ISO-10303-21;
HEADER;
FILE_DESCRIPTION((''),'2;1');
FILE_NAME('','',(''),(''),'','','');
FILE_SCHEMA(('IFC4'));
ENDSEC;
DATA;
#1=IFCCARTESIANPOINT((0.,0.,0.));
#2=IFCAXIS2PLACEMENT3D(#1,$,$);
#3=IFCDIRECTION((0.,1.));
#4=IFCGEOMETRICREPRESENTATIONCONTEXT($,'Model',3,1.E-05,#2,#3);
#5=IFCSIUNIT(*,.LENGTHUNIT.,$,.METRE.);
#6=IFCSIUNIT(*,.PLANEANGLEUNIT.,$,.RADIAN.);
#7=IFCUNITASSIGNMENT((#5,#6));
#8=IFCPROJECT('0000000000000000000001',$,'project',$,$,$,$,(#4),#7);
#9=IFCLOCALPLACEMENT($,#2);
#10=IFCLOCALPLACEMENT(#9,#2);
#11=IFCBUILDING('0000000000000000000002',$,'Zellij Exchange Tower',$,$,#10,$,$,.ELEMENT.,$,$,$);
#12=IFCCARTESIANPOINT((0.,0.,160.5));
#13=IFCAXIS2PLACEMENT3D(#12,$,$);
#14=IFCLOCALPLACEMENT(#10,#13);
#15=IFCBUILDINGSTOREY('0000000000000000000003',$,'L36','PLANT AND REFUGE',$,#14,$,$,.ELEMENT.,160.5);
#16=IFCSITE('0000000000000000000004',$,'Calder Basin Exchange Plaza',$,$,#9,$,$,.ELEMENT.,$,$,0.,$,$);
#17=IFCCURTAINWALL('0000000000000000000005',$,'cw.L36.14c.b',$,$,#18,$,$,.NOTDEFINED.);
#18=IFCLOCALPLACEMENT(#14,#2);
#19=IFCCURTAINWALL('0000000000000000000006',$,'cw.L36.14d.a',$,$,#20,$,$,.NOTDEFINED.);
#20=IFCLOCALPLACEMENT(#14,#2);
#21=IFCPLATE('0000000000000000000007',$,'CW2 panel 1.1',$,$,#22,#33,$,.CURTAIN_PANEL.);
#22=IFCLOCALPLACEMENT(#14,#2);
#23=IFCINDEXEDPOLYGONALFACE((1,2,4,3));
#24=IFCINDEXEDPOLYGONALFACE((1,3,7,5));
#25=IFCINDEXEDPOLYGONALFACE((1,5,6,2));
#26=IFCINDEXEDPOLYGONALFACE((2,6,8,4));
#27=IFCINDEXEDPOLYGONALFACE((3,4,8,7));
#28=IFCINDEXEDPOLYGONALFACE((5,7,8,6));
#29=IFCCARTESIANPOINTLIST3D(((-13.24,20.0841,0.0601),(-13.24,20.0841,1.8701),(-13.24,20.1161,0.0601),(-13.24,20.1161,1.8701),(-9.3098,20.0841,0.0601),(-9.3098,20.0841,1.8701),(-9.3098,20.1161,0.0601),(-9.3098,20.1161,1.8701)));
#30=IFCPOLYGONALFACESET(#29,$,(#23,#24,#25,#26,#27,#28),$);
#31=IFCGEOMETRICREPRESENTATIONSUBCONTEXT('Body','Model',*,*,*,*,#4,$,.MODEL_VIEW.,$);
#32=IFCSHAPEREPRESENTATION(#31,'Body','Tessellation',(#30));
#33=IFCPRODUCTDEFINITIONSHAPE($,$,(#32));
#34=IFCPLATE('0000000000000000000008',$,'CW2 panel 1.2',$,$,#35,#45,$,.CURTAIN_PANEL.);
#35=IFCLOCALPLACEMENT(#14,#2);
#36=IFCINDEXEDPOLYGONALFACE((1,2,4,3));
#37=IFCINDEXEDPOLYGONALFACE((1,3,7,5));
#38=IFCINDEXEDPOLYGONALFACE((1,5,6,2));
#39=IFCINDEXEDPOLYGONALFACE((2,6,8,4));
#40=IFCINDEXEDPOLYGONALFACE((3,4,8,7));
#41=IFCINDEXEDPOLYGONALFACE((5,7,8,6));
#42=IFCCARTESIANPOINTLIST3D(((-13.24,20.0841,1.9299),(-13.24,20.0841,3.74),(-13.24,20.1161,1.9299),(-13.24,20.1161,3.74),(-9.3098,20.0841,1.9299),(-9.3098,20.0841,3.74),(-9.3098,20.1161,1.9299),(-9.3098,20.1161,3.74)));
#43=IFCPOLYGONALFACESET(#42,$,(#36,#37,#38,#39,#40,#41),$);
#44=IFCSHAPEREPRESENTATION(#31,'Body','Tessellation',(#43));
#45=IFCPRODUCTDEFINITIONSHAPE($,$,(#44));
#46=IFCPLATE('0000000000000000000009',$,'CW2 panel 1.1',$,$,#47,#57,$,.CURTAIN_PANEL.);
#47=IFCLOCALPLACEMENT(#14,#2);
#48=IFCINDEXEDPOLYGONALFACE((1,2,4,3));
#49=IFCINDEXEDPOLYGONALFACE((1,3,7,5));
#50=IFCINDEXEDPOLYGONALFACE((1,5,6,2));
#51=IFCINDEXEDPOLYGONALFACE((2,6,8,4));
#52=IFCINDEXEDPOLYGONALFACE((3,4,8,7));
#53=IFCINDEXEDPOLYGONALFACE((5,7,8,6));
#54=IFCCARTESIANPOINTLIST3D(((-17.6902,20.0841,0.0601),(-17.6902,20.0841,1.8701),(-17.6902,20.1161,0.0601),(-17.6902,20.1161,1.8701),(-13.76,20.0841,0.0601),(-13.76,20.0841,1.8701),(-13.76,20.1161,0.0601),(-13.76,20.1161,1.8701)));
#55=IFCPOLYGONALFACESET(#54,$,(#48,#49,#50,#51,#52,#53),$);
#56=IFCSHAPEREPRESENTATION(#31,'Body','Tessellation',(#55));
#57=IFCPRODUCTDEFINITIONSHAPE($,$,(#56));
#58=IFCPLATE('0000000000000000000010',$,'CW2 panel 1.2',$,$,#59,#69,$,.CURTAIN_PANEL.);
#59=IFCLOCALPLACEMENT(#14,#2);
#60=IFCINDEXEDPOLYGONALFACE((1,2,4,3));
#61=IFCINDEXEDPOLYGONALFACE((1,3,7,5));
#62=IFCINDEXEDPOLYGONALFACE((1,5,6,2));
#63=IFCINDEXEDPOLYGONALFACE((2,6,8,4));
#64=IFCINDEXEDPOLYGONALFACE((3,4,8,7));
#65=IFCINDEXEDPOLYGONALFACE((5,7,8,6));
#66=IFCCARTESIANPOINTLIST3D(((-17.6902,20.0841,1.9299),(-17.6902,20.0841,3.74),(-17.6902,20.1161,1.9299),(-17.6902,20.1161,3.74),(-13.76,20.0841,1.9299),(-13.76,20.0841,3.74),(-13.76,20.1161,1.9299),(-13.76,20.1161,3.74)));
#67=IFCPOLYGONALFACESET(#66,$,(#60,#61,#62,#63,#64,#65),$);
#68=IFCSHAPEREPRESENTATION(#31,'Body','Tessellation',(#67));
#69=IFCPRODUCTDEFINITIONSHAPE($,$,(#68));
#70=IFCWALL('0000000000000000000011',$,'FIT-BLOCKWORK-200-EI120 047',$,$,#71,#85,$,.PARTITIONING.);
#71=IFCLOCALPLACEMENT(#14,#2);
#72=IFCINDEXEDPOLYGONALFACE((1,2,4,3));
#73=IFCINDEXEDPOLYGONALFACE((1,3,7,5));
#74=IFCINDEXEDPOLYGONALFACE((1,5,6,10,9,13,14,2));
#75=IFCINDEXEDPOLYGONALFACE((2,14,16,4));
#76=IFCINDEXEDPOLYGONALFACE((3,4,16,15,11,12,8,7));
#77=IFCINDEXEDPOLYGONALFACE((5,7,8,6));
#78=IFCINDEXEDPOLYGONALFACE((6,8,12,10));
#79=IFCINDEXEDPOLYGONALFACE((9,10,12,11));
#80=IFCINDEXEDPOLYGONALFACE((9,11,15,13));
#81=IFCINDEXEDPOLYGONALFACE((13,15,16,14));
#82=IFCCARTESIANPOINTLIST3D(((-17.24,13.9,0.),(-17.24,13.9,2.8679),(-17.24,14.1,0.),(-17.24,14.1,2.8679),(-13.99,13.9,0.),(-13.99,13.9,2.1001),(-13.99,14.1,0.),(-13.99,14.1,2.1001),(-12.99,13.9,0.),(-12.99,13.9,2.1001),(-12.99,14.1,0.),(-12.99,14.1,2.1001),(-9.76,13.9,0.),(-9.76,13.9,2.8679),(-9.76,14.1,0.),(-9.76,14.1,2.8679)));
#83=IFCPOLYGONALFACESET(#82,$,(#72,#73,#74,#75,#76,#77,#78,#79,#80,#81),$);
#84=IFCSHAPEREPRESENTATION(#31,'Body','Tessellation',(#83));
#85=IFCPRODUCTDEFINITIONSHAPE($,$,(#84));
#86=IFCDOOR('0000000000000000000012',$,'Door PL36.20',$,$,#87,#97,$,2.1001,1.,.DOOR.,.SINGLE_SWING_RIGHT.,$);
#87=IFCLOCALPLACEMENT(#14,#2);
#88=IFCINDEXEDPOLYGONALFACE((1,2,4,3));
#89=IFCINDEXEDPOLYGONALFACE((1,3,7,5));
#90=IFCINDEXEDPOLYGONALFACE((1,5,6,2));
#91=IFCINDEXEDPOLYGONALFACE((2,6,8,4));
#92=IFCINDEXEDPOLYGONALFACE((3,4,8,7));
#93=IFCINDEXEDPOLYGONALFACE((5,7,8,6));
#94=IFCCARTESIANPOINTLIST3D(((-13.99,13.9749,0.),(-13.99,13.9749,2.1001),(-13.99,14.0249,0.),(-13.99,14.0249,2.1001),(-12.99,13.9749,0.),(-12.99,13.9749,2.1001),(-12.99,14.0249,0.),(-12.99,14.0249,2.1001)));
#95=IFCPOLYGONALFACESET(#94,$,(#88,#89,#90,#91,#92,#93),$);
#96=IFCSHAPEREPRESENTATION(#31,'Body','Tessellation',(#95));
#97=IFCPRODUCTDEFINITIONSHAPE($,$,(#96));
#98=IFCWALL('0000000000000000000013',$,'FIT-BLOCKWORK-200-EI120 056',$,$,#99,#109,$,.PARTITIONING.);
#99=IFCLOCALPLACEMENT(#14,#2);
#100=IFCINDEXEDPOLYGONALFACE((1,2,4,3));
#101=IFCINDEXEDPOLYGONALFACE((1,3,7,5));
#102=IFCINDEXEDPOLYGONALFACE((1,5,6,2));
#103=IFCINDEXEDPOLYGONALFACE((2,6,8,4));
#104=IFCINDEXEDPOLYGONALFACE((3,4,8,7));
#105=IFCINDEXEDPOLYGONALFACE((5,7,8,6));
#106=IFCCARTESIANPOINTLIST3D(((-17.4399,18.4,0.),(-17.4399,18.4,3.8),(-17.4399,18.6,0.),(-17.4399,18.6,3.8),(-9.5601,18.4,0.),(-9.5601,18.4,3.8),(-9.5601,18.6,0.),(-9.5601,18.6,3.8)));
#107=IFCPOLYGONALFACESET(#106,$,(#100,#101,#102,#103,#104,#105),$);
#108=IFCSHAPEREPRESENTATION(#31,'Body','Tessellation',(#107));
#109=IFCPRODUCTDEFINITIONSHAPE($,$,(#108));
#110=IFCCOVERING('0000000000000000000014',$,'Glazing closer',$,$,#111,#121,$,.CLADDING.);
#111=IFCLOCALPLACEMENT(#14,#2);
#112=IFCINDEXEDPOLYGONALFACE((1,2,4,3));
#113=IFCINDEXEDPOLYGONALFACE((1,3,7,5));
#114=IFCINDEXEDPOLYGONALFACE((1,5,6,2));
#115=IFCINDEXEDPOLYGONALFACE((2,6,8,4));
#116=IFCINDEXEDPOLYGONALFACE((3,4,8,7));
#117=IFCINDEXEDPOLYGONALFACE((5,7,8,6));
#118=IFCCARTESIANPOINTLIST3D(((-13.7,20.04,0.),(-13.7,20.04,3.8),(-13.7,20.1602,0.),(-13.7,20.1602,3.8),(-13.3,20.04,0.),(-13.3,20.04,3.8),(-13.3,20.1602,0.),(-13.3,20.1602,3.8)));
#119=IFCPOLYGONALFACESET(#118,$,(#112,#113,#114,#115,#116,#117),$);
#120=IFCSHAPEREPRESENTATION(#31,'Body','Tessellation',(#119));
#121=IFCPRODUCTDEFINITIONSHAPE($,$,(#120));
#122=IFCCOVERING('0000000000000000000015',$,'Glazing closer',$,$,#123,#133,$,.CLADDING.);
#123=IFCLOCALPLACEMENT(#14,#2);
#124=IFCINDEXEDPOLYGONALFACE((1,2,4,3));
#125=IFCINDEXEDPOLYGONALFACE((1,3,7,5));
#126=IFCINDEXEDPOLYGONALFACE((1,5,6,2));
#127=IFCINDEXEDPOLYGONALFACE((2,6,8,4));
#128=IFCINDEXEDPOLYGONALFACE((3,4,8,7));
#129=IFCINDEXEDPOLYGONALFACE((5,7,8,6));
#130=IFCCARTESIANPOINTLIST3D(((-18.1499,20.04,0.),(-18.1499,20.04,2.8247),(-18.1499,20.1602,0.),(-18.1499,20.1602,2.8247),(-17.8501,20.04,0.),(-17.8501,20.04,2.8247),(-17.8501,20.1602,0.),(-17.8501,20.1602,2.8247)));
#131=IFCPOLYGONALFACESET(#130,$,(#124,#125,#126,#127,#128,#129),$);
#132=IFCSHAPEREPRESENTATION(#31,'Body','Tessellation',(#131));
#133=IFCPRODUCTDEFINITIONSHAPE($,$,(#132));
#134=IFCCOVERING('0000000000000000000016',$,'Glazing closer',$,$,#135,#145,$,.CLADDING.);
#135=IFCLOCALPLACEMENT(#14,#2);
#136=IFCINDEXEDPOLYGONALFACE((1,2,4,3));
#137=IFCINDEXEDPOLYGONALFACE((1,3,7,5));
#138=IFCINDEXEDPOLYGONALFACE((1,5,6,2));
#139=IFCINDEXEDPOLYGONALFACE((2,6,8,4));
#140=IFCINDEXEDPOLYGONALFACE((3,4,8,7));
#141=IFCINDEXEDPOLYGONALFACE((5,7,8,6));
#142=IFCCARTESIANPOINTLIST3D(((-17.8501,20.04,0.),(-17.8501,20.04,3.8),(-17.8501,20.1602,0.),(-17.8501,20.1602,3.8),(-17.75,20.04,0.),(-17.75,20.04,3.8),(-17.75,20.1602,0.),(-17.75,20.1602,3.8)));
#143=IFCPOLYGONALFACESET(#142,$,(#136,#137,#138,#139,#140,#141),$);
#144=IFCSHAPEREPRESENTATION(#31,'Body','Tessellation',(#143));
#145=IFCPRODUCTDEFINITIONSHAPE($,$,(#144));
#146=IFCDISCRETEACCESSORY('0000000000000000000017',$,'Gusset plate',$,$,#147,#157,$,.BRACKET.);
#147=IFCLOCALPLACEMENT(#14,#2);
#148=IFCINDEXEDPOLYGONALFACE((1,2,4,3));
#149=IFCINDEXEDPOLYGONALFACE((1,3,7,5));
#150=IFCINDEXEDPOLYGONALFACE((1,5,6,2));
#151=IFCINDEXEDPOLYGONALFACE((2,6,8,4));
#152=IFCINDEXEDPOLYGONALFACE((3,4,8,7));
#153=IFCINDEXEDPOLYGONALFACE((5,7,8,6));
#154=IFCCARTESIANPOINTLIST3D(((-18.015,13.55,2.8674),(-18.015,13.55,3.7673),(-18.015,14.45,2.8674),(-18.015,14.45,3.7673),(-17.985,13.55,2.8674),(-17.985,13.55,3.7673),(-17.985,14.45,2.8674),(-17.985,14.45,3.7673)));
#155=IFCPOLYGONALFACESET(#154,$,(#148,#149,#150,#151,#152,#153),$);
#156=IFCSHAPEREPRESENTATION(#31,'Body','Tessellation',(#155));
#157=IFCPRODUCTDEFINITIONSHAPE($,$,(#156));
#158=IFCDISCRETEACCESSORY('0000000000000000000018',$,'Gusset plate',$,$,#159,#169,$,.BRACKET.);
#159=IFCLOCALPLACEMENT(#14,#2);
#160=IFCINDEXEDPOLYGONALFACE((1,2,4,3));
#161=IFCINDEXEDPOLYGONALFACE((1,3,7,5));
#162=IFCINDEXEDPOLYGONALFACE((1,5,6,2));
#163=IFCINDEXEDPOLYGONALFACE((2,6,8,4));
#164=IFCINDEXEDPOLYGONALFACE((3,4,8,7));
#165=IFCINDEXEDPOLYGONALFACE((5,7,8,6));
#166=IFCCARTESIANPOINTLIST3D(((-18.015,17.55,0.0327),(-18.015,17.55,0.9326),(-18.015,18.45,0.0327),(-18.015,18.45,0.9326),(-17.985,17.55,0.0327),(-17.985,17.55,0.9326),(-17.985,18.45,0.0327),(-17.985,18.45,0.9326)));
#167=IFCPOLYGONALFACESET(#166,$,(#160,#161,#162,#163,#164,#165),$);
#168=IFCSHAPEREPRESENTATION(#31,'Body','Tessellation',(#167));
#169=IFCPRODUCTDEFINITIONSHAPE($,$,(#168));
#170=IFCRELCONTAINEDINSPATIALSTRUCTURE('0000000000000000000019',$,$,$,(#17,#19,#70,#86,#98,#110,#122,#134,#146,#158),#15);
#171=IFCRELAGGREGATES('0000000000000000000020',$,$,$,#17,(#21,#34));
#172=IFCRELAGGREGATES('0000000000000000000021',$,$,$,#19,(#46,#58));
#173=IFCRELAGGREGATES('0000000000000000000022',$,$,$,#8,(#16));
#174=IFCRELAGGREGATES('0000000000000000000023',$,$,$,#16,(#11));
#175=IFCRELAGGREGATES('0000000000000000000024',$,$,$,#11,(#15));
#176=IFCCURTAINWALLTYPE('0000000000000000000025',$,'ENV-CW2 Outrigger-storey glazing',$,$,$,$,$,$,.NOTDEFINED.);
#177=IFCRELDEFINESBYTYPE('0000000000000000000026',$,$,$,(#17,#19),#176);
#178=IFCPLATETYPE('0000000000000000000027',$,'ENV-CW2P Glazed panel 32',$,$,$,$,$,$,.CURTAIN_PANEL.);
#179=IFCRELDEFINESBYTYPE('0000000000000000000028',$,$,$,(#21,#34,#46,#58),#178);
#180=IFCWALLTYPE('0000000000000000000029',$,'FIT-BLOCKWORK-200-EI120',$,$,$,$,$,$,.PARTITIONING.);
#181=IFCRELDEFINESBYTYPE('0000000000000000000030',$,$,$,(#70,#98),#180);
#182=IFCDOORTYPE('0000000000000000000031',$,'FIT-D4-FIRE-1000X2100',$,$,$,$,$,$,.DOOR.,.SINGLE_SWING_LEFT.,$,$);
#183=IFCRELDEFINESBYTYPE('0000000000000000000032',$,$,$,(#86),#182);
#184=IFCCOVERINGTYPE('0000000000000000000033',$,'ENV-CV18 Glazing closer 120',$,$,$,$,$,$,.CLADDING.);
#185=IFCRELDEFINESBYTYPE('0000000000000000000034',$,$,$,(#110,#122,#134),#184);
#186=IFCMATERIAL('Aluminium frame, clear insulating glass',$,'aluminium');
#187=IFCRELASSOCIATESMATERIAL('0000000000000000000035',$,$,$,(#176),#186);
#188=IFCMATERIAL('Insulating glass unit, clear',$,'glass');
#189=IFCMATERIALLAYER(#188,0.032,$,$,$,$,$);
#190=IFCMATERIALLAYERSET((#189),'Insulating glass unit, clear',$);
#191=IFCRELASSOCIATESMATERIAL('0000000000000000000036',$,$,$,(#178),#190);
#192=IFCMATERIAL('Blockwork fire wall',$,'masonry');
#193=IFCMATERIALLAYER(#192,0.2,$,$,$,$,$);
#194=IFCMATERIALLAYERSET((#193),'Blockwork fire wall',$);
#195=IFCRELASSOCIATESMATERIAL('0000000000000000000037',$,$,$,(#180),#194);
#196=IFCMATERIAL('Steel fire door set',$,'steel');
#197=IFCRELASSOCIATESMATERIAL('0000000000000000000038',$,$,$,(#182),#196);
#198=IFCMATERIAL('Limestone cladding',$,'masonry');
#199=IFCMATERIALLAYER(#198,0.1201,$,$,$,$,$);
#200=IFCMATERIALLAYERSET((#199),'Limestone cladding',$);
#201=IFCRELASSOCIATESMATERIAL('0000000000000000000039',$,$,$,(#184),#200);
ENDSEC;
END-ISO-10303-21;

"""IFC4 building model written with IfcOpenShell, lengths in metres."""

from ifc_helpers import new_model, si_unit, direction, frame, frame_2d, origin, origin_2d, place, context, subcontext, project, spatial, rectangle, extrude, material, layer, layer_set, type_object, element, fill, aggregate, save


model = new_model("IFC4")

# Units and contexts
model_context = context("Model", 3, precision=1e-05, world=origin(), true_north=direction((0.0, 1.0)))
body_context = subcontext(model_context, "Body", "Model", "MODEL_VIEW")
ifc_project = project(units=[si_unit("LENGTHUNIT", "METRE"), si_unit("PLANEANGLEUNIT", "RADIAN")], contexts=[model_context])

# Site, building, storey
site_placement = place(None, origin())
site = spatial("IfcSite", under=ifc_project, at=site_placement, Name="Calder Basin Exchange Plaza", CompositionType="ELEMENT", RefElevation=0.0)
building_placement = place(site_placement, origin())
building = spatial("IfcBuilding", under=site, at=building_placement, Name="Zellij Exchange Tower", CompositionType="ELEMENT")
storey_placement = place(building_placement, frame((0.0, 0.0, 160.5)))
storey = spatial("IfcBuildingStorey", under=building, at=storey_placement, Name="L36", Description="PLANT AND REFUGE", CompositionType="ELEMENT", Elevation=160.5)

# Curtain wall
ifc_material_1 = material(Name="Aluminium frame, clear insulating glass", Category="aluminium")
curtain_wall_type = type_object("IfcCurtainWallType", Name="ENV-CW2 Outrigger-storey glazing", PredefinedType="NOTDEFINED", material=ifc_material_1)
curtain_wall_1_placement = place(storey_placement, origin())
curtain_wall_1 = element("IfcCurtainWall", 1, at=curtain_wall_1_placement, inside=storey, type_object=curtain_wall_type, Name="cw.L36.14c.b", PredefinedType="NOTDEFINED")

# Curtain wall
curtain_wall_2_placement = place(storey_placement, origin())
curtain_wall_2 = element("IfcCurtainWall", 2, at=curtain_wall_2_placement, inside=storey, type_object=curtain_wall_type, Name="cw.L36.14d.a", PredefinedType="NOTDEFINED")

# Plates
ifc_material_2 = material(Name="Insulating glass unit, clear", Category="glass")
ifc_layer_1 = layer(ifc_material_2, 0.032)
ifc_layer_set_1 = layer_set([ifc_layer_1], Name="Insulating glass unit, clear")
plate_type = type_object("IfcPlateType", Name="ENV-CW2P Glazed panel 32", PredefinedType="CURTAIN_PANEL", material=ifc_layer_set_1)
plate_1_placement = place(storey_placement, frame((-11.2749, 20.1001, 0.0601), z_axis=(0.0, 0.0, 1.0), x_axis=(-1.0, 0.0, 0.0)))
plate_1 = element("IfcPlate", 3, at=plate_1_placement, type_object=plate_type, Name="CW2 panel 1.1", PredefinedType="CURTAIN_PANEL", context=body_context, shape_type="SweptSolid", body=[
    extrude(rectangle(XDim=3.9302, YDim=0.032, at=origin_2d()), origin(), (0.0, 0.0, 1.0), 1.8101),
])
plate_2_placement = place(storey_placement, frame((-11.2749, 20.1001, 1.9299), z_axis=(0.0, 0.0, 1.0), x_axis=(-1.0, 0.0, 0.0)))
plate_2 = element("IfcPlate", 4, at=plate_2_placement, type_object=plate_type, Name="CW2 panel 1.2", PredefinedType="CURTAIN_PANEL", context=body_context, shape_type="SweptSolid", body=[
    extrude(rectangle(XDim=3.9302, YDim=0.032, at=origin_2d()), origin(), (0.0, 0.0, 1.0), 1.8101),
])
aggregate(curtain_wall_1, [plate_1, plate_2])
plate_3_placement = place(storey_placement, frame((-15.7251, 20.1001, 0.0601), z_axis=(0.0, 0.0, 1.0), x_axis=(-1.0, 0.0, 0.0)))
plate_3 = element("IfcPlate", 5, at=plate_3_placement, type_object=plate_type, Name="CW2 panel 1.1", PredefinedType="CURTAIN_PANEL", context=body_context, shape_type="SweptSolid", body=[
    extrude(rectangle(XDim=3.9302, YDim=0.032, at=origin_2d()), origin(), (0.0, 0.0, 1.0), 1.8101),
])
plate_4_placement = place(storey_placement, frame((-15.7251, 20.1001, 1.9299), z_axis=(0.0, 0.0, 1.0), x_axis=(-1.0, 0.0, 0.0)))
plate_4 = element("IfcPlate", 6, at=plate_4_placement, type_object=plate_type, Name="CW2 panel 1.2", PredefinedType="CURTAIN_PANEL", context=body_context, shape_type="SweptSolid", body=[
    extrude(rectangle(XDim=3.9302, YDim=0.032, at=origin_2d()), origin(), (0.0, 0.0, 1.0), 1.8101),
])
aggregate(curtain_wall_2, [plate_3, plate_4])

# Wall, opening, door
ifc_material_3 = material(Name="Blockwork fire wall", Category="masonry")
ifc_layer_2 = layer(ifc_material_3, 0.2)
ifc_layer_set_2 = layer_set([ifc_layer_2], Name="Blockwork fire wall")
wall_type = type_object("IfcWallType", Name="FIT-BLOCKWORK-200-EI120", PredefinedType="PARTITIONING", material=ifc_layer_set_2)
wall_1_placement = place(storey_placement, frame((-17.24, 14.0, 0.0), z_axis=(0.0, 0.0, 1.0), x_axis=(1.0, 0.0, 0.0)))
wall_1 = element("IfcWall", 7, at=wall_1_placement, inside=storey, type_object=wall_type, Name="FIT-BLOCKWORK-200-EI120 047", PredefinedType="PARTITIONING", context=body_context, shape_type="SweptSolid", body=[
    extrude(rectangle(XDim=7.48, YDim=0.2, at=frame_2d((3.74, 0.0))), origin(), (0.0, 0.0, 1.0), 2.8679),
])
opening_placement = place(wall_1_placement, frame((3.25, 0.0, 0.0)))
opening = element("IfcOpeningElement", 8, at=opening_placement, cuts=wall_1, PredefinedType="OPENING", context=body_context, shape_type="SweptSolid", body=[
    extrude(rectangle(XDim=1.0, YDim=2.1001, at=frame_2d((0.5, 1.05))), frame((0.0, 0.1118, 0.0), z_axis=(0.0, -1.0, 0.0), x_axis=(1.0, 0.0, 0.0)), (0.0, 0.0, 1.0), 0.2239),
])
ifc_material_4 = material(Name="Steel fire door set", Category="steel")
door_type = type_object("IfcDoorType", Name="FIT-D4-FIRE-1000X2100", OperationType="SINGLE_SWING_LEFT", PredefinedType="DOOR", material=ifc_material_4)
door_placement = place(opening_placement, origin())
door = element("IfcDoor", 9, at=door_placement, inside=storey, type_object=door_type, Name="Door PL36.20", OperationType="SINGLE_SWING_RIGHT", OverallHeight=2.1001, OverallWidth=1.0, PredefinedType="DOOR", context=body_context, shape_type="SweptSolid", body=[
    extrude(rectangle(XDim=1.0, YDim=2.1001, at=frame_2d((0.5, 1.05))), frame((0.0, 0.0249, 0.0), z_axis=(0.0, -1.0, 0.0), x_axis=(1.0, 0.0, 0.0)), (0.0, 0.0, 1.0), 0.05),
])
fill(opening, door)

# Wall
wall_2_placement = place(storey_placement, frame((-17.4399, 18.5, 0.0), z_axis=(0.0, 0.0, 1.0), x_axis=(1.0, 0.0, 0.0)))
element("IfcWall", 10, at=wall_2_placement, inside=storey, type_object=wall_type, Name="FIT-BLOCKWORK-200-EI120 056", PredefinedType="PARTITIONING", context=body_context, shape_type="SweptSolid", body=[
    extrude(rectangle(XDim=7.8799, YDim=0.2, at=frame_2d((3.9399, 0.0))), origin(), (0.0, 0.0, 1.0), 3.8),
])

# Coverings
ifc_material_5 = material(Name="Limestone cladding", Category="masonry")
ifc_layer_3 = layer(ifc_material_5, 0.1201)
ifc_layer_set_3 = layer_set([ifc_layer_3], Name="Limestone cladding")
covering_type = type_object("IfcCoveringType", Name="ENV-CV18 Glazing closer 120", PredefinedType="CLADDING", material=ifc_layer_set_3)
covering_1_placement = place(storey_placement, frame((-13.5, 20.1001, 0.0), z_axis=(0.0, 0.0, 1.0), x_axis=(-1.0, 0.0, 0.0)))
element("IfcCovering", 11, at=covering_1_placement, inside=storey, type_object=covering_type, Name="Glazing closer", PredefinedType="CLADDING", context=body_context, shape_type="SweptSolid", body=[
    extrude(rectangle(XDim=0.3999, YDim=0.1201, at=origin_2d()), origin(), (0.0, 0.0, 1.0), 3.8),
])
covering_2_placement = place(storey_placement, frame((-18.0, 20.1001, 0.0), z_axis=(0.0, 0.0, 1.0), x_axis=(-1.0, 0.0, 0.0)))
element("IfcCovering", 12, at=covering_2_placement, inside=storey, type_object=covering_type, Name="Glazing closer", PredefinedType="CLADDING", context=body_context, shape_type="SweptSolid", body=[
    extrude(rectangle(XDim=0.2998, YDim=0.1201, at=origin_2d()), origin(), (0.0, 0.0, 1.0), 2.8247),
])
covering_3_placement = place(storey_placement, frame((-17.8, 20.1001, 0.0), z_axis=(0.0, 0.0, 1.0), x_axis=(-1.0, 0.0, 0.0)))
element("IfcCovering", 13, at=covering_3_placement, inside=storey, type_object=covering_type, Name="Glazing closer", PredefinedType="CLADDING", context=body_context, shape_type="SweptSolid", body=[
    extrude(rectangle(XDim=0.1001, YDim=0.1201, at=origin_2d()), origin(), (0.0, 0.0, 1.0), 3.8),
])

# Discrete accessories
for number, where, z_axis, x_axis, name in (
    (14, (-18.0, 14.0, 2.8674), (0.0, 0.0, 1.0), (0.0, 1.0, 0.0), "Gusset plate"),
    (15, (-18.0, 18.0, 0.0327), (0.0, 0.0, 1.0), (0.0, 1.0, 0.0), "Gusset plate"),
):
    element("IfcDiscreteAccessory", number, at=place(storey_placement, frame(where, z_axis=z_axis, x_axis=x_axis)), inside=storey, Name=name, PredefinedType="BRACKET", context=body_context, shape_type="SweptSolid", body=[
        extrude(rectangle(XDim=0.8999, YDim=0.03, at=origin_2d()), origin(), (0.0, 0.0, 1.0), 0.8999),
    ])

save(model, "model.ifc")
